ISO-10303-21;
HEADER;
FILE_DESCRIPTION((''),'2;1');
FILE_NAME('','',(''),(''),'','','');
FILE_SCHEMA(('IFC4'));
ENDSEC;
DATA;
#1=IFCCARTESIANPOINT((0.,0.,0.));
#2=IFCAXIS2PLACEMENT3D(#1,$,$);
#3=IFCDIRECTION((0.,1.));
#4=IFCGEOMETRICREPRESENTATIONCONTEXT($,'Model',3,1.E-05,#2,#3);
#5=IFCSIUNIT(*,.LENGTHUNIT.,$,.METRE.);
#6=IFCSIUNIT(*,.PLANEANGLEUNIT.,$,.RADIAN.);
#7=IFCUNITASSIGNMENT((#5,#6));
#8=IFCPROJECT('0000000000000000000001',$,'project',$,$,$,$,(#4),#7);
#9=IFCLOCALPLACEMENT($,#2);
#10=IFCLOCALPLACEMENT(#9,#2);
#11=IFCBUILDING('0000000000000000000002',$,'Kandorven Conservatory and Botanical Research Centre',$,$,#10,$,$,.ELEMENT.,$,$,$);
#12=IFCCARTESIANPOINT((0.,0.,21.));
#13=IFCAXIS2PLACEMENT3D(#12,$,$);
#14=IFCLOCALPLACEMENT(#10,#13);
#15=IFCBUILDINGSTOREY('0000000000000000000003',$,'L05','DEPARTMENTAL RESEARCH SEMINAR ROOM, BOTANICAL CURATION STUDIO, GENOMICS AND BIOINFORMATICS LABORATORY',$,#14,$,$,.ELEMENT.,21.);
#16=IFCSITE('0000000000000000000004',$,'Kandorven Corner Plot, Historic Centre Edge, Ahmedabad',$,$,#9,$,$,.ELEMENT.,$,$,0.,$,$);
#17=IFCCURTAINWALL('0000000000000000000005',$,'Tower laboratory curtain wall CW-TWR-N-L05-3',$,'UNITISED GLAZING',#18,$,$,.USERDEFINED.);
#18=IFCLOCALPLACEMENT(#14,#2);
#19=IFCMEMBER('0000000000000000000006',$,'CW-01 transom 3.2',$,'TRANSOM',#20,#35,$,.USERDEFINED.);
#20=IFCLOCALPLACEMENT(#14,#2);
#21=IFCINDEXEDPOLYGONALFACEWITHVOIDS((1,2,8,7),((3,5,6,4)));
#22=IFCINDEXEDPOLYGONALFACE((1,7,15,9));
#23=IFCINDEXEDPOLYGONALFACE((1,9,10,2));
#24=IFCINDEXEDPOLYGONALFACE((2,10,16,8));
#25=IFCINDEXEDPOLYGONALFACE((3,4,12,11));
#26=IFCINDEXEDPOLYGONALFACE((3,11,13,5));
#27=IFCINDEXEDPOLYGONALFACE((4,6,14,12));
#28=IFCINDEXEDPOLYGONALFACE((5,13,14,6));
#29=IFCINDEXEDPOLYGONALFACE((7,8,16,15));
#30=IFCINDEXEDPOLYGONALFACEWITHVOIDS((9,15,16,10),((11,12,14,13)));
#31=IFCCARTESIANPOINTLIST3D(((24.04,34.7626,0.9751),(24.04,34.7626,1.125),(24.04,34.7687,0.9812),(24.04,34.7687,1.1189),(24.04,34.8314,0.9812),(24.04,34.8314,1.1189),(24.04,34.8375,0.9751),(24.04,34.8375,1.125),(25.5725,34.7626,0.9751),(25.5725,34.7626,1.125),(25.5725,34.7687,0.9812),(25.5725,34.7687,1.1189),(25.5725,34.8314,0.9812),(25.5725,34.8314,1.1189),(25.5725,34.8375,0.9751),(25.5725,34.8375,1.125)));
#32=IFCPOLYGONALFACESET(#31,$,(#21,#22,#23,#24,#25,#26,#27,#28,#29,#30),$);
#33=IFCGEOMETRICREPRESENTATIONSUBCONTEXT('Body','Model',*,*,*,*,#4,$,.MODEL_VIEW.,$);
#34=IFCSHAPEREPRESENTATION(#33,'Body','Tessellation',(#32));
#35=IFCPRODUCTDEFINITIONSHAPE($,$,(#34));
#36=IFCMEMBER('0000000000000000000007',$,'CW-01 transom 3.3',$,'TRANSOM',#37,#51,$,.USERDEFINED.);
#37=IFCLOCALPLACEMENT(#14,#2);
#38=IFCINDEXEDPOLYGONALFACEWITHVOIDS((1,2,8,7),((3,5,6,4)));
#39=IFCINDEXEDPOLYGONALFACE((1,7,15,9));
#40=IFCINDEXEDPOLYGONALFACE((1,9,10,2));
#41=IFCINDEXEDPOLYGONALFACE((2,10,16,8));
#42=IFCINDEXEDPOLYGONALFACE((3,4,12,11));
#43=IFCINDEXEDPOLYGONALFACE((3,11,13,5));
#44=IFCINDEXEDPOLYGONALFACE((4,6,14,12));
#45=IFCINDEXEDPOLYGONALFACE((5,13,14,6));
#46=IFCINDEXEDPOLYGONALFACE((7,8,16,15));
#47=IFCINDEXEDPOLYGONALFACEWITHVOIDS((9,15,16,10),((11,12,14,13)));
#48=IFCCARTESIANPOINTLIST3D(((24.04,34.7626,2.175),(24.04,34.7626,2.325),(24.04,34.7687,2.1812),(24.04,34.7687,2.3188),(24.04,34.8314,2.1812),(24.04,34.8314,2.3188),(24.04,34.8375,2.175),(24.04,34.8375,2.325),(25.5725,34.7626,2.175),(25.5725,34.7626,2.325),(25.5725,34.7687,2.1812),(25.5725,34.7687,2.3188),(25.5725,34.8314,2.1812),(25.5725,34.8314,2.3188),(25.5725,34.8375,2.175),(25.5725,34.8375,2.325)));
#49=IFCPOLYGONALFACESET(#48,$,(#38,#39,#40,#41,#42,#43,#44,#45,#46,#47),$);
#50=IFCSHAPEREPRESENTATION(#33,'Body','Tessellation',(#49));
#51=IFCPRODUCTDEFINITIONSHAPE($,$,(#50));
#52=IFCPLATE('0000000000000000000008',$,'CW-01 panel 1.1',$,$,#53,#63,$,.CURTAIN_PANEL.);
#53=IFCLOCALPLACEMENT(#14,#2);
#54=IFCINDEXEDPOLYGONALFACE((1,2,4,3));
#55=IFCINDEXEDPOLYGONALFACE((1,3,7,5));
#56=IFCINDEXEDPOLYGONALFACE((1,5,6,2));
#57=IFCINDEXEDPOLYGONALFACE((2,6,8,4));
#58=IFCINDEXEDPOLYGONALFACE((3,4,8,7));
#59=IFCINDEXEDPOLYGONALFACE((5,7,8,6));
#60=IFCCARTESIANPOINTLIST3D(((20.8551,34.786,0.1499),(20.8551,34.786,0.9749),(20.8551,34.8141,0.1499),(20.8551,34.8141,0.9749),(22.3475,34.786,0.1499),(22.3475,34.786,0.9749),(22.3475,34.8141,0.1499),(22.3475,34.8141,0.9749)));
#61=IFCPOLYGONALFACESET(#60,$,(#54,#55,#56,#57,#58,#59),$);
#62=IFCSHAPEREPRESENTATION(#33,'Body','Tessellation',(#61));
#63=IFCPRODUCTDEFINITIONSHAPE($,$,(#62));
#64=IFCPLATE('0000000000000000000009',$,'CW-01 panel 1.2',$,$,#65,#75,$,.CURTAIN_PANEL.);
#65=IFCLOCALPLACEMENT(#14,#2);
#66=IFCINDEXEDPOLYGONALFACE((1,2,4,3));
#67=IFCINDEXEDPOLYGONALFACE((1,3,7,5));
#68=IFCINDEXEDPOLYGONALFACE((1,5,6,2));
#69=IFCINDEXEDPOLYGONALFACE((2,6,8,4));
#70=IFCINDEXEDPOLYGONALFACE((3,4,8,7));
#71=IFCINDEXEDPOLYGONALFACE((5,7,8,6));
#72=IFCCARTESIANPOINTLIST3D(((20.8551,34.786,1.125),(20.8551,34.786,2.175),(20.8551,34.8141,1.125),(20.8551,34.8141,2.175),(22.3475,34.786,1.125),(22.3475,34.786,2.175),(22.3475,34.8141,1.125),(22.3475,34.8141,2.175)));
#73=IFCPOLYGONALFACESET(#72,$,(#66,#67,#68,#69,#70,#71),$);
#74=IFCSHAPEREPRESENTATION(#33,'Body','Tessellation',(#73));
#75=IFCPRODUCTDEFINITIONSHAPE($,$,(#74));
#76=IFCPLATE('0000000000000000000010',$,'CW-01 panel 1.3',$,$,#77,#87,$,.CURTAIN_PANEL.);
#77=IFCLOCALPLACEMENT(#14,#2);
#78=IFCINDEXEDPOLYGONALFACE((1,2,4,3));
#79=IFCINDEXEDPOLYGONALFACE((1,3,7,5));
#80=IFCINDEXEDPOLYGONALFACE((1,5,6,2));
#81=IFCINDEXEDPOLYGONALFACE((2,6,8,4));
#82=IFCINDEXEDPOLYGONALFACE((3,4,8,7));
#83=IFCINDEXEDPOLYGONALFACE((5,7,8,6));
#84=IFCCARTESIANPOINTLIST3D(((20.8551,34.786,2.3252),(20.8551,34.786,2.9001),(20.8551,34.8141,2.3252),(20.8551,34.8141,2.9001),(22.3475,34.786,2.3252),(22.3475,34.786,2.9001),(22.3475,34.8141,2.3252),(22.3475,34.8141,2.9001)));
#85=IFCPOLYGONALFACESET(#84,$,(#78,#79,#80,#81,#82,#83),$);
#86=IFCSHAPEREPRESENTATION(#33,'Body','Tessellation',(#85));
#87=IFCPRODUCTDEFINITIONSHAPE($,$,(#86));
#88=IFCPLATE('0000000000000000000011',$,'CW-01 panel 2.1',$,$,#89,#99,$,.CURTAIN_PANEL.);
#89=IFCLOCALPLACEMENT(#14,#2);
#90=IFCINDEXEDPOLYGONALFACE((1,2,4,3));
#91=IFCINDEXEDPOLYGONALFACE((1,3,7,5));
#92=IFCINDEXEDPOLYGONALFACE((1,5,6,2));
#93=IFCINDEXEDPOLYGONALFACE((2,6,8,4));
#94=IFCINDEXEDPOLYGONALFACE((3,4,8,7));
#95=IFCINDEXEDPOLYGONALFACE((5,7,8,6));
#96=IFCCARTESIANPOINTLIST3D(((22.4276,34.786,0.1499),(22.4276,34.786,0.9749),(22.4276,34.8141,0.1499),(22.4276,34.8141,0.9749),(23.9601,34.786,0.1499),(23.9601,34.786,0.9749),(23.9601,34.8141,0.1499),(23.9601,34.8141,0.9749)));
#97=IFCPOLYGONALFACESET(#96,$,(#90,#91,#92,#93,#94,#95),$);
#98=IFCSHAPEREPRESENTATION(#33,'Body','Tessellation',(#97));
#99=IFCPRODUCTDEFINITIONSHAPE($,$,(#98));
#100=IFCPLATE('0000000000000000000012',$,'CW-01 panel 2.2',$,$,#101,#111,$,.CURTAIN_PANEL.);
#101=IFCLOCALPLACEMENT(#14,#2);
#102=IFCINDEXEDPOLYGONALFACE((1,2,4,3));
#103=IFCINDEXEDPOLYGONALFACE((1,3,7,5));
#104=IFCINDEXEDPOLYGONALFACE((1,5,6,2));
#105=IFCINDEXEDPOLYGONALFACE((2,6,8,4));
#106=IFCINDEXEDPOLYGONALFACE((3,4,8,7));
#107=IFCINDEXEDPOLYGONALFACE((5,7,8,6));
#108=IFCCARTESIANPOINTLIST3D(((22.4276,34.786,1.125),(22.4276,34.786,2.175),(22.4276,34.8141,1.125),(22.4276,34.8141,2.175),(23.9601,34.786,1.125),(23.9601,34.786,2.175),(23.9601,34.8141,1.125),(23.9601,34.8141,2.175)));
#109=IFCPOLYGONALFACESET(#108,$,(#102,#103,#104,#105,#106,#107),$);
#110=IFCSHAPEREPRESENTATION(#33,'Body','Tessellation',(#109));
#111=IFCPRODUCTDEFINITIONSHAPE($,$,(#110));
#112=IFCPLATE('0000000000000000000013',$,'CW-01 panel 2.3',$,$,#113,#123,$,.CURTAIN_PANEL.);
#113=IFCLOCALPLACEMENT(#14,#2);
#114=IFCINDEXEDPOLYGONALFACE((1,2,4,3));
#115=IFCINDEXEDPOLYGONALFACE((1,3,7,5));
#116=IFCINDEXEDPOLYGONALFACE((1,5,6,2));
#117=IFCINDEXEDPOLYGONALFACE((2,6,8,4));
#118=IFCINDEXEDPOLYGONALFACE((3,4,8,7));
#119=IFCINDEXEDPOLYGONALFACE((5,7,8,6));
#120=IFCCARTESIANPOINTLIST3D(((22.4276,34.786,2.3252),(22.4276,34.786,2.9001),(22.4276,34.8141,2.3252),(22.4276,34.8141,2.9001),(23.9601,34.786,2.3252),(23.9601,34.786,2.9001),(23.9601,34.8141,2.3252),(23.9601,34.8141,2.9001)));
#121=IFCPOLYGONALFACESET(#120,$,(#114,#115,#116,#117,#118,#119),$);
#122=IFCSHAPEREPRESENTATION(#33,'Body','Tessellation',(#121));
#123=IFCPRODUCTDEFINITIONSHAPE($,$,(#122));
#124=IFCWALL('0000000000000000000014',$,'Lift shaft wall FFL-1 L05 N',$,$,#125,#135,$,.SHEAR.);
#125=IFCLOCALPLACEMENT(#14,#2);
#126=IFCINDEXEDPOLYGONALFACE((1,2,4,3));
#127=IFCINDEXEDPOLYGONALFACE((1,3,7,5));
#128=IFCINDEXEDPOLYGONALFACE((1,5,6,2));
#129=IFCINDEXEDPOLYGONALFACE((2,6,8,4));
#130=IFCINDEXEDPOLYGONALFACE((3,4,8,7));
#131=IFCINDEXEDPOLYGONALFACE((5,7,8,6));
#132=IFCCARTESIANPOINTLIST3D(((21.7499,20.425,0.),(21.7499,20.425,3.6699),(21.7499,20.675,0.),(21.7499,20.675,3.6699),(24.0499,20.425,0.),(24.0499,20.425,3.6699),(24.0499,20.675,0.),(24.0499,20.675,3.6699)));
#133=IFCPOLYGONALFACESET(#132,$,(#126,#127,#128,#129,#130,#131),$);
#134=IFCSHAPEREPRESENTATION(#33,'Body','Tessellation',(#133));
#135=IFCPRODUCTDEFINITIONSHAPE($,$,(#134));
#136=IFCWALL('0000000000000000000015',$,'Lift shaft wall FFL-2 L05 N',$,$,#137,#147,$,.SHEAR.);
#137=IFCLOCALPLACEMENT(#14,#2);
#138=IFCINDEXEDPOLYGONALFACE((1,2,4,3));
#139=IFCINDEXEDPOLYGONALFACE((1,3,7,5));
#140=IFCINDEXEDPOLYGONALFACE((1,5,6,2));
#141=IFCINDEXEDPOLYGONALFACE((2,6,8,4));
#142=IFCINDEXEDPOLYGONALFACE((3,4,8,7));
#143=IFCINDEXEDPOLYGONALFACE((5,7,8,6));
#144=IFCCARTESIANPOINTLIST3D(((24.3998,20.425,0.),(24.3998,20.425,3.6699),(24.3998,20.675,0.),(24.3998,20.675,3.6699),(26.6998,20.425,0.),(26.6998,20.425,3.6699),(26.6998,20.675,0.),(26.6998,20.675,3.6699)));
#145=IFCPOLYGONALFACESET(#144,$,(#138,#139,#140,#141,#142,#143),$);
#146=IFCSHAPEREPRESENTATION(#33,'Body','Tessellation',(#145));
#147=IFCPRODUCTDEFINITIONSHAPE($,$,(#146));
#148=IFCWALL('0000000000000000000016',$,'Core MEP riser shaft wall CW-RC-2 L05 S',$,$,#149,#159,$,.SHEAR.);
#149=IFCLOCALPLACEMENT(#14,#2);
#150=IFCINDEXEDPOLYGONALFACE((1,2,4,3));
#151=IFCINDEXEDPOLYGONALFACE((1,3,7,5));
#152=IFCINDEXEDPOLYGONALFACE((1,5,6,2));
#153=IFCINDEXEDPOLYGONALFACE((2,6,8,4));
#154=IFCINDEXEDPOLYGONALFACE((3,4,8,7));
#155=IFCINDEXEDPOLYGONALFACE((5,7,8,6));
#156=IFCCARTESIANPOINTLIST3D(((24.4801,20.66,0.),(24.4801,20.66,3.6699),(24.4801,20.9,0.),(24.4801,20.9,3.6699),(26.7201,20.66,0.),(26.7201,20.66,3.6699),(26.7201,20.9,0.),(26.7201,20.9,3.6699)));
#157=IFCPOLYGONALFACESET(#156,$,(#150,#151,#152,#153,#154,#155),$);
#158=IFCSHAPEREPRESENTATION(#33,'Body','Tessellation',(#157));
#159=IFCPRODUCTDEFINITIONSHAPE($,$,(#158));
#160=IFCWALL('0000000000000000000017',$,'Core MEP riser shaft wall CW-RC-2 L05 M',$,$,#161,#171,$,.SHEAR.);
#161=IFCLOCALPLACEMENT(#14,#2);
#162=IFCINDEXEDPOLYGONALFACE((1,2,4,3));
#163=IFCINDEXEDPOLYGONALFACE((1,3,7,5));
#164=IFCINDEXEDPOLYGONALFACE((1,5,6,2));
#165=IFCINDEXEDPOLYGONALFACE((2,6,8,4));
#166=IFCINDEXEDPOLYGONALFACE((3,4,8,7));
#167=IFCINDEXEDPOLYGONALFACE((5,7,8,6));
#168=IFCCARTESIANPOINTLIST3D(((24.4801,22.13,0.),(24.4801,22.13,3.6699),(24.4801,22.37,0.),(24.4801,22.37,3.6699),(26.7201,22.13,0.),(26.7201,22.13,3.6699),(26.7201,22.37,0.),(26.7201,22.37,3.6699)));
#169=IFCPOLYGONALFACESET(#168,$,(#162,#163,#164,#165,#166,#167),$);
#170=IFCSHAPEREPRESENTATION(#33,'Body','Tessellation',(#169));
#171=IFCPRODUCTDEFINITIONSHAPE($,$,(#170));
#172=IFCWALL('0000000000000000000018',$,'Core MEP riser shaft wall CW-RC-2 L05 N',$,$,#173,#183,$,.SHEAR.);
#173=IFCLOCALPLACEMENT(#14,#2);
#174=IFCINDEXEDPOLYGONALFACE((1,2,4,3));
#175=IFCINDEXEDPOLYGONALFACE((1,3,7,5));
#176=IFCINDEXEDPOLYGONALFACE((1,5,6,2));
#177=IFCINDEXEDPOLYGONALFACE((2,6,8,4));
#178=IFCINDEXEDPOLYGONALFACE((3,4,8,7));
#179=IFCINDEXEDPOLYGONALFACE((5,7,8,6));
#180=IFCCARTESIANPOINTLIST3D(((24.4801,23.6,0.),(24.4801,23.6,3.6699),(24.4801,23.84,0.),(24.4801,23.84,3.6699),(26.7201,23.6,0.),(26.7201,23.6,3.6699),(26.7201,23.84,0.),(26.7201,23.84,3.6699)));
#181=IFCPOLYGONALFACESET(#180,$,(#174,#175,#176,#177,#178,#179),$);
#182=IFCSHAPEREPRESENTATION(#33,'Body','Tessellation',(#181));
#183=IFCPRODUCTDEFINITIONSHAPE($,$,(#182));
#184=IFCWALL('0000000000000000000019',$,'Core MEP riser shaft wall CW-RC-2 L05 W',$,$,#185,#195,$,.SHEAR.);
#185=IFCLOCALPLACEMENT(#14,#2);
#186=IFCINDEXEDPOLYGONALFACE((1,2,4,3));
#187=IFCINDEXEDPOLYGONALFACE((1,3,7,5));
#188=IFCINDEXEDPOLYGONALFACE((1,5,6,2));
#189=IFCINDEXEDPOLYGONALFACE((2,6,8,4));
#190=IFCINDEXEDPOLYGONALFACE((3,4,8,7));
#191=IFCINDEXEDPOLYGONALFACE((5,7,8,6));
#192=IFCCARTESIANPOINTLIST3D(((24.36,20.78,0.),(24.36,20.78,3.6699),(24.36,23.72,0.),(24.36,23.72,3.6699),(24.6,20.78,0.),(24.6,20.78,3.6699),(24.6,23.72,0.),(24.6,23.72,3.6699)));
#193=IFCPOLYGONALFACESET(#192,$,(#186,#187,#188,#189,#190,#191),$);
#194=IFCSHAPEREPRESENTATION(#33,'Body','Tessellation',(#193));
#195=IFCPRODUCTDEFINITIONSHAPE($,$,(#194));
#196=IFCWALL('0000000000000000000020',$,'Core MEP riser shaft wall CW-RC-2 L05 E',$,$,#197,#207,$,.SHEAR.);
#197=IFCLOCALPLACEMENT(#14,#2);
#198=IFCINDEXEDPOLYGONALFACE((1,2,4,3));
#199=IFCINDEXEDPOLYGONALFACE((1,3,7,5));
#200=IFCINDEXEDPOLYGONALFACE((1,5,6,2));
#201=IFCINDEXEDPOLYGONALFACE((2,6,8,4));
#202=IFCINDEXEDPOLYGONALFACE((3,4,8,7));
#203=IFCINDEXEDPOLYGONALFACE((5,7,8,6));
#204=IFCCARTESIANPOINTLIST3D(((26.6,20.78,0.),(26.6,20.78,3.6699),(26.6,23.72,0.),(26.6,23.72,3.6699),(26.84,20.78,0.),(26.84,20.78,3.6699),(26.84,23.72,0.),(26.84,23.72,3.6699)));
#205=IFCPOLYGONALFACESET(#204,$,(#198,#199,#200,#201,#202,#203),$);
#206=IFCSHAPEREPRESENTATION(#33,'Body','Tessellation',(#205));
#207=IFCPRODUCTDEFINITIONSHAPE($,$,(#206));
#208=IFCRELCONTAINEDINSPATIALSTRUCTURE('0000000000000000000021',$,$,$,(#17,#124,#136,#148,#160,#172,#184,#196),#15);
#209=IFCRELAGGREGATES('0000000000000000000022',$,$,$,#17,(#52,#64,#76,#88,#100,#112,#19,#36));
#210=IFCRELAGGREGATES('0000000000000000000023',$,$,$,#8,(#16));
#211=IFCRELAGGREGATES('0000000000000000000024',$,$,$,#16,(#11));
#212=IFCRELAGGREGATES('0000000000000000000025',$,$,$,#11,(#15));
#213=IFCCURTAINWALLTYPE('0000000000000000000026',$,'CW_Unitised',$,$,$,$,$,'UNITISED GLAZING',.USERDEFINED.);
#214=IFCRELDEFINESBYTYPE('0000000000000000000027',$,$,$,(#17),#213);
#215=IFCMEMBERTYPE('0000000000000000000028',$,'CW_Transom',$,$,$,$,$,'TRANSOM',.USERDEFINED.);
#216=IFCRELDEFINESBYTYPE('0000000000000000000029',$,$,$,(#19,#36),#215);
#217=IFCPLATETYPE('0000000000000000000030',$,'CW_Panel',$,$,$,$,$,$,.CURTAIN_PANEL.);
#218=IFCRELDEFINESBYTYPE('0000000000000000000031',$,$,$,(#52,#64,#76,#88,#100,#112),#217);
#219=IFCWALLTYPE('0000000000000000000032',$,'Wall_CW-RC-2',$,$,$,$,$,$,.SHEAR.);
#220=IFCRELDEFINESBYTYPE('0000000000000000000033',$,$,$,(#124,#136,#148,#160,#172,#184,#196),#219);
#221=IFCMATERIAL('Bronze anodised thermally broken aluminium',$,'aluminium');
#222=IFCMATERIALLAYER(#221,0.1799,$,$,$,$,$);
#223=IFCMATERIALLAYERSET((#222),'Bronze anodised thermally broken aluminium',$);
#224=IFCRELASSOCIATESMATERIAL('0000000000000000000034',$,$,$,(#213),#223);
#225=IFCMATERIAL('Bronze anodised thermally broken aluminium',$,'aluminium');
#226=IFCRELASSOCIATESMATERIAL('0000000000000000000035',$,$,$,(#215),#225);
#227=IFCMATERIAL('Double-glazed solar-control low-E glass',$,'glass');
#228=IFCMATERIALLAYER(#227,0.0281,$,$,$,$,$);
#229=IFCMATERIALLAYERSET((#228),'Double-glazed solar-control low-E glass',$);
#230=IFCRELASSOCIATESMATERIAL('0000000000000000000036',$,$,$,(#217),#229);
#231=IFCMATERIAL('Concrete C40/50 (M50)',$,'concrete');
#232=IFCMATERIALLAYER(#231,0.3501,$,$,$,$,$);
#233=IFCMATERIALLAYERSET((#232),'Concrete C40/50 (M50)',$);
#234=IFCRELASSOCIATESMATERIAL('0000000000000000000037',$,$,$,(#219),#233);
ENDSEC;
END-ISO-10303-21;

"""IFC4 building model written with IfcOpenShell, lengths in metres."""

from ifc_helpers import new_model, si_unit, direction, frame, frame_2d, origin, origin_2d, place, context, subcontext, project, spatial, rectangle, hollow_rectangle, extrude, material, layer, layer_set, material_profile, profile_set, type_object, element, aggregate, save


model = new_model("IFC4")

# Units and contexts
model_context = context("Model", 3, precision=1e-05, world=origin(), true_north=direction((0.0, 1.0)))
body_context = subcontext(model_context, "Body", "Model", "MODEL_VIEW")
ifc_project = project(units=[si_unit("LENGTHUNIT", "METRE"), si_unit("PLANEANGLEUNIT", "RADIAN")], contexts=[model_context])

# Site, building, storey
site_placement = place(None, origin())
site = spatial("IfcSite", under=ifc_project, at=site_placement, Name="Kandorven Corner Plot, Historic Centre Edge, Ahmedabad", CompositionType="ELEMENT", RefElevation=0.0)
building_placement = place(site_placement, origin())
building = spatial("IfcBuilding", under=site, at=building_placement, Name="Kandorven Conservatory and Botanical Research Centre", CompositionType="ELEMENT")
storey_placement = place(building_placement, frame((0.0, 0.0, 21.0)))
storey = spatial("IfcBuildingStorey", under=building, at=storey_placement, Name="L05", Description="DEPARTMENTAL RESEARCH SEMINAR ROOM, BOTANICAL CURATION STUDIO, GENOMICS AND BIOINFORMATICS LABORATORY", CompositionType="ELEMENT", Elevation=21.0)

# Curtain wall, members, plates
ifc_material_1 = material(Name="Bronze anodised thermally broken aluminium", Category="aluminium")
ifc_layer_1 = layer(ifc_material_1, 0.1799)
ifc_layer_set_1 = layer_set([ifc_layer_1], Name="Bronze anodised thermally broken aluminium")
curtain_wall_type = type_object("IfcCurtainWallType", Name="CW_Unitised", ElementType="UNITISED GLAZING", PredefinedType="USERDEFINED", material=ifc_layer_set_1)
curtain_wall_placement = place(storey_placement, origin())
curtain_wall = element("IfcCurtainWall", 1, at=curtain_wall_placement, inside=storey, type_object=curtain_wall_type, Name="Tower laboratory curtain wall CW-TWR-N-L05-3", ObjectType="UNITISED GLAZING", PredefinedType="USERDEFINED")
ifc_material_2 = material(Name="Bronze anodised thermally broken aluminium", Category="aluminium")
ifc_material_profile_1 = material_profile(ifc_material_2, hollow_rectangle(XDim=0.075, YDim=0.1499, WallThickness=0.0061, at=origin_2d()))
ifc_profile_set_1 = profile_set([ifc_material_profile_1], Name="Bronze anodised thermally broken aluminium")
member_type_1 = type_object("IfcMemberType", Name="CW_Transom", ElementType="TRANSOM", PredefinedType="USERDEFINED", material=ifc_profile_set_1)
member_1_placement = place(storey_placement, frame((24.04, 34.8, 1.05), z_axis=(1.0, 0.0, 0.0), x_axis=(0.0, 1.0, 0.0)))
member_1 = element("IfcMember", 2, at=member_1_placement, type_object=member_type_1, Name="CW-01 transom 3.2", ObjectType="TRANSOM", PredefinedType="USERDEFINED", context=body_context, shape_type="SweptSolid", body=[
    extrude(hollow_rectangle(XDim=0.075, YDim=0.1499, WallThickness=0.0061, at=origin_2d()), origin(), (0.0, 0.0, 1.0), 1.5325),
])
member_2_placement = place(storey_placement, frame((24.04, 34.8, 2.25), z_axis=(1.0, 0.0, 0.0), x_axis=(0.0, 1.0, 0.0)))
member_2 = element("IfcMember", 3, at=member_2_placement, type_object=member_type_1, Name="CW-01 transom 3.3", ObjectType="TRANSOM", PredefinedType="USERDEFINED", context=body_context, shape_type="SweptSolid", body=[
    extrude(hollow_rectangle(XDim=0.075, YDim=0.1499, WallThickness=0.0061, at=origin_2d()), origin(), (0.0, 0.0, 1.0), 1.5325),
])
ifc_material_3 = material(Name="Double-glazed solar-control low-E glass", Category="glass")
ifc_layer_2 = layer(ifc_material_3, 0.0281)
ifc_layer_set_2 = layer_set([ifc_layer_2], Name="Double-glazed solar-control low-E glass")
plate_type = type_object("IfcPlateType", Name="CW_Panel", PredefinedType="CURTAIN_PANEL", material=ifc_layer_set_2)
plate_1_placement = place(storey_placement, frame((21.6013, 34.8, 0.1499), z_axis=(0.0, 0.0, 1.0), x_axis=(1.0, 0.0, 0.0)))
plate_1 = element("IfcPlate", 4, at=plate_1_placement, type_object=plate_type, Name="CW-01 panel 1.1", PredefinedType="CURTAIN_PANEL", context=body_context, shape_type="SweptSolid", body=[
    extrude(rectangle(XDim=1.4924, YDim=0.0281, at=origin_2d()), origin(), (0.0, 0.0, 1.0), 0.825),
])
plate_2_placement = place(storey_placement, frame((21.6013, 34.8, 1.125), z_axis=(0.0, 0.0, 1.0), x_axis=(1.0, 0.0, 0.0)))
plate_2 = element("IfcPlate", 5, at=plate_2_placement, type_object=plate_type, Name="CW-01 panel 1.2", PredefinedType="CURTAIN_PANEL", context=body_context, shape_type="SweptSolid", body=[
    extrude(rectangle(XDim=1.4924, YDim=0.0281, at=origin_2d()), origin(), (0.0, 0.0, 1.0), 1.05),
])
plate_3_placement = place(storey_placement, frame((21.6013, 34.8, 2.3252), z_axis=(0.0, 0.0, 1.0), x_axis=(1.0, 0.0, 0.0)))
plate_3 = element("IfcPlate", 6, at=plate_3_placement, type_object=plate_type, Name="CW-01 panel 1.3", PredefinedType="CURTAIN_PANEL", context=body_context, shape_type="SweptSolid", body=[
    extrude(rectangle(XDim=1.4924, YDim=0.0281, at=origin_2d()), origin(), (0.0, 0.0, 1.0), 0.575),
])
plate_4_placement = place(storey_placement, frame((23.1938, 34.8, 0.1499), z_axis=(0.0, 0.0, 1.0), x_axis=(1.0, 0.0, 0.0)))
plate_4 = element("IfcPlate", 7, at=plate_4_placement, type_object=plate_type, Name="CW-01 panel 2.1", PredefinedType="CURTAIN_PANEL", context=body_context, shape_type="SweptSolid", body=[
    extrude(rectangle(XDim=1.5325, YDim=0.0281, at=origin_2d()), origin(), (0.0, 0.0, 1.0), 0.825),
])
plate_5_placement = place(storey_placement, frame((23.1938, 34.8, 1.125), z_axis=(0.0, 0.0, 1.0), x_axis=(1.0, 0.0, 0.0)))
plate_5 = element("IfcPlate", 8, at=plate_5_placement, type_object=plate_type, Name="CW-01 panel 2.2", PredefinedType="CURTAIN_PANEL", context=body_context, shape_type="SweptSolid", body=[
    extrude(rectangle(XDim=1.5325, YDim=0.0281, at=origin_2d()), origin(), (0.0, 0.0, 1.0), 1.05),
])
plate_6_placement = place(storey_placement, frame((23.1938, 34.8, 2.3252), z_axis=(0.0, 0.0, 1.0), x_axis=(1.0, 0.0, 0.0)))
plate_6 = element("IfcPlate", 9, at=plate_6_placement, type_object=plate_type, Name="CW-01 panel 2.3", PredefinedType="CURTAIN_PANEL", context=body_context, shape_type="SweptSolid", body=[
    extrude(rectangle(XDim=1.5325, YDim=0.0281, at=origin_2d()), origin(), (0.0, 0.0, 1.0), 0.575),
])
aggregate(curtain_wall, [plate_1, plate_2, plate_3, plate_4, plate_5, plate_6, member_1, member_2])

# Walls
ifc_material_4 = material(Name="Concrete C40/50 (M50)", Category="concrete")
ifc_layer_3 = layer(ifc_material_4, 0.3501)
ifc_layer_set_3 = layer_set([ifc_layer_3], Name="Concrete C40/50 (M50)")
wall_type_1 = type_object("IfcWallType", Name="Wall_CW-RC-2", PredefinedType="SHEAR", material=ifc_layer_set_3)
for number, where, z_axis, x_axis, name in (
    (10, (21.75, 20.55, 0.0), (0.0, 0.0, 1.0), (1.0, 0.0, 0.0), "Lift shaft wall FFL-1 L05 N"),
    (11, (24.3999, 20.55, 0.0), (0.0, 0.0, 1.0), (1.0, 0.0, 0.0), "Lift shaft wall FFL-2 L05 N"),
):
    element("IfcWall", number, at=place(storey_placement, frame(where, z_axis=z_axis, x_axis=x_axis)), inside=storey, type_object=wall_type_1, Name=name, PredefinedType="SHEAR", context=body_context, shape_type="SweptSolid", body=[
        extrude(rectangle(XDim=2.3, YDim=0.25, at=frame_2d((1.1499, 0.0))), origin(), (0.0, 0.0, 1.0), 3.6699),
    ])
for number, where, z_axis, x_axis, name in (
    (12, (24.48, 20.78, 0.0), (0.0, 0.0, 1.0), (1.0, 0.0, 0.0), "Core MEP riser shaft wall CW-RC-2 L05 S"),
    (13, (24.48, 22.25, 0.0), (0.0, 0.0, 1.0), (1.0, 0.0, 0.0), "Core MEP riser shaft wall CW-RC-2 L05 M"),
    (14, (24.48, 23.72, 0.0), (0.0, 0.0, 1.0), (1.0, 0.0, 0.0), "Core MEP riser shaft wall CW-RC-2 L05 N"),
):
    element("IfcWall", number, at=place(storey_placement, frame(where, z_axis=z_axis, x_axis=x_axis)), inside=storey, type_object=wall_type_1, Name=name, PredefinedType="SHEAR", context=body_context, shape_type="SweptSolid", body=[
        extrude(rectangle(XDim=2.24, YDim=0.24, at=frame_2d((1.1201, 0.0))), origin(), (0.0, 0.0, 1.0), 3.6699),
    ])
for number, where, z_axis, x_axis, name in (
    (15, (24.48, 20.78, 0.0), (0.0, 0.0, 1.0), (0.0, 1.0, 0.0), "Core MEP riser shaft wall CW-RC-2 L05 W"),
    (16, (26.72, 20.78, 0.0), (0.0, 0.0, 1.0), (0.0, 1.0, 0.0), "Core MEP riser shaft wall CW-RC-2 L05 E"),
):
    element("IfcWall", number, at=place(storey_placement, frame(where, z_axis=z_axis, x_axis=x_axis)), inside=storey, type_object=wall_type_1, Name=name, PredefinedType="SHEAR", context=body_context, shape_type="SweptSolid", body=[
        extrude(rectangle(XDim=2.9399, YDim=0.24, at=frame_2d((1.47, 0.0))), origin(), (0.0, 0.0, 1.0), 3.6699),
    ])

save(model, "model.ifc")
